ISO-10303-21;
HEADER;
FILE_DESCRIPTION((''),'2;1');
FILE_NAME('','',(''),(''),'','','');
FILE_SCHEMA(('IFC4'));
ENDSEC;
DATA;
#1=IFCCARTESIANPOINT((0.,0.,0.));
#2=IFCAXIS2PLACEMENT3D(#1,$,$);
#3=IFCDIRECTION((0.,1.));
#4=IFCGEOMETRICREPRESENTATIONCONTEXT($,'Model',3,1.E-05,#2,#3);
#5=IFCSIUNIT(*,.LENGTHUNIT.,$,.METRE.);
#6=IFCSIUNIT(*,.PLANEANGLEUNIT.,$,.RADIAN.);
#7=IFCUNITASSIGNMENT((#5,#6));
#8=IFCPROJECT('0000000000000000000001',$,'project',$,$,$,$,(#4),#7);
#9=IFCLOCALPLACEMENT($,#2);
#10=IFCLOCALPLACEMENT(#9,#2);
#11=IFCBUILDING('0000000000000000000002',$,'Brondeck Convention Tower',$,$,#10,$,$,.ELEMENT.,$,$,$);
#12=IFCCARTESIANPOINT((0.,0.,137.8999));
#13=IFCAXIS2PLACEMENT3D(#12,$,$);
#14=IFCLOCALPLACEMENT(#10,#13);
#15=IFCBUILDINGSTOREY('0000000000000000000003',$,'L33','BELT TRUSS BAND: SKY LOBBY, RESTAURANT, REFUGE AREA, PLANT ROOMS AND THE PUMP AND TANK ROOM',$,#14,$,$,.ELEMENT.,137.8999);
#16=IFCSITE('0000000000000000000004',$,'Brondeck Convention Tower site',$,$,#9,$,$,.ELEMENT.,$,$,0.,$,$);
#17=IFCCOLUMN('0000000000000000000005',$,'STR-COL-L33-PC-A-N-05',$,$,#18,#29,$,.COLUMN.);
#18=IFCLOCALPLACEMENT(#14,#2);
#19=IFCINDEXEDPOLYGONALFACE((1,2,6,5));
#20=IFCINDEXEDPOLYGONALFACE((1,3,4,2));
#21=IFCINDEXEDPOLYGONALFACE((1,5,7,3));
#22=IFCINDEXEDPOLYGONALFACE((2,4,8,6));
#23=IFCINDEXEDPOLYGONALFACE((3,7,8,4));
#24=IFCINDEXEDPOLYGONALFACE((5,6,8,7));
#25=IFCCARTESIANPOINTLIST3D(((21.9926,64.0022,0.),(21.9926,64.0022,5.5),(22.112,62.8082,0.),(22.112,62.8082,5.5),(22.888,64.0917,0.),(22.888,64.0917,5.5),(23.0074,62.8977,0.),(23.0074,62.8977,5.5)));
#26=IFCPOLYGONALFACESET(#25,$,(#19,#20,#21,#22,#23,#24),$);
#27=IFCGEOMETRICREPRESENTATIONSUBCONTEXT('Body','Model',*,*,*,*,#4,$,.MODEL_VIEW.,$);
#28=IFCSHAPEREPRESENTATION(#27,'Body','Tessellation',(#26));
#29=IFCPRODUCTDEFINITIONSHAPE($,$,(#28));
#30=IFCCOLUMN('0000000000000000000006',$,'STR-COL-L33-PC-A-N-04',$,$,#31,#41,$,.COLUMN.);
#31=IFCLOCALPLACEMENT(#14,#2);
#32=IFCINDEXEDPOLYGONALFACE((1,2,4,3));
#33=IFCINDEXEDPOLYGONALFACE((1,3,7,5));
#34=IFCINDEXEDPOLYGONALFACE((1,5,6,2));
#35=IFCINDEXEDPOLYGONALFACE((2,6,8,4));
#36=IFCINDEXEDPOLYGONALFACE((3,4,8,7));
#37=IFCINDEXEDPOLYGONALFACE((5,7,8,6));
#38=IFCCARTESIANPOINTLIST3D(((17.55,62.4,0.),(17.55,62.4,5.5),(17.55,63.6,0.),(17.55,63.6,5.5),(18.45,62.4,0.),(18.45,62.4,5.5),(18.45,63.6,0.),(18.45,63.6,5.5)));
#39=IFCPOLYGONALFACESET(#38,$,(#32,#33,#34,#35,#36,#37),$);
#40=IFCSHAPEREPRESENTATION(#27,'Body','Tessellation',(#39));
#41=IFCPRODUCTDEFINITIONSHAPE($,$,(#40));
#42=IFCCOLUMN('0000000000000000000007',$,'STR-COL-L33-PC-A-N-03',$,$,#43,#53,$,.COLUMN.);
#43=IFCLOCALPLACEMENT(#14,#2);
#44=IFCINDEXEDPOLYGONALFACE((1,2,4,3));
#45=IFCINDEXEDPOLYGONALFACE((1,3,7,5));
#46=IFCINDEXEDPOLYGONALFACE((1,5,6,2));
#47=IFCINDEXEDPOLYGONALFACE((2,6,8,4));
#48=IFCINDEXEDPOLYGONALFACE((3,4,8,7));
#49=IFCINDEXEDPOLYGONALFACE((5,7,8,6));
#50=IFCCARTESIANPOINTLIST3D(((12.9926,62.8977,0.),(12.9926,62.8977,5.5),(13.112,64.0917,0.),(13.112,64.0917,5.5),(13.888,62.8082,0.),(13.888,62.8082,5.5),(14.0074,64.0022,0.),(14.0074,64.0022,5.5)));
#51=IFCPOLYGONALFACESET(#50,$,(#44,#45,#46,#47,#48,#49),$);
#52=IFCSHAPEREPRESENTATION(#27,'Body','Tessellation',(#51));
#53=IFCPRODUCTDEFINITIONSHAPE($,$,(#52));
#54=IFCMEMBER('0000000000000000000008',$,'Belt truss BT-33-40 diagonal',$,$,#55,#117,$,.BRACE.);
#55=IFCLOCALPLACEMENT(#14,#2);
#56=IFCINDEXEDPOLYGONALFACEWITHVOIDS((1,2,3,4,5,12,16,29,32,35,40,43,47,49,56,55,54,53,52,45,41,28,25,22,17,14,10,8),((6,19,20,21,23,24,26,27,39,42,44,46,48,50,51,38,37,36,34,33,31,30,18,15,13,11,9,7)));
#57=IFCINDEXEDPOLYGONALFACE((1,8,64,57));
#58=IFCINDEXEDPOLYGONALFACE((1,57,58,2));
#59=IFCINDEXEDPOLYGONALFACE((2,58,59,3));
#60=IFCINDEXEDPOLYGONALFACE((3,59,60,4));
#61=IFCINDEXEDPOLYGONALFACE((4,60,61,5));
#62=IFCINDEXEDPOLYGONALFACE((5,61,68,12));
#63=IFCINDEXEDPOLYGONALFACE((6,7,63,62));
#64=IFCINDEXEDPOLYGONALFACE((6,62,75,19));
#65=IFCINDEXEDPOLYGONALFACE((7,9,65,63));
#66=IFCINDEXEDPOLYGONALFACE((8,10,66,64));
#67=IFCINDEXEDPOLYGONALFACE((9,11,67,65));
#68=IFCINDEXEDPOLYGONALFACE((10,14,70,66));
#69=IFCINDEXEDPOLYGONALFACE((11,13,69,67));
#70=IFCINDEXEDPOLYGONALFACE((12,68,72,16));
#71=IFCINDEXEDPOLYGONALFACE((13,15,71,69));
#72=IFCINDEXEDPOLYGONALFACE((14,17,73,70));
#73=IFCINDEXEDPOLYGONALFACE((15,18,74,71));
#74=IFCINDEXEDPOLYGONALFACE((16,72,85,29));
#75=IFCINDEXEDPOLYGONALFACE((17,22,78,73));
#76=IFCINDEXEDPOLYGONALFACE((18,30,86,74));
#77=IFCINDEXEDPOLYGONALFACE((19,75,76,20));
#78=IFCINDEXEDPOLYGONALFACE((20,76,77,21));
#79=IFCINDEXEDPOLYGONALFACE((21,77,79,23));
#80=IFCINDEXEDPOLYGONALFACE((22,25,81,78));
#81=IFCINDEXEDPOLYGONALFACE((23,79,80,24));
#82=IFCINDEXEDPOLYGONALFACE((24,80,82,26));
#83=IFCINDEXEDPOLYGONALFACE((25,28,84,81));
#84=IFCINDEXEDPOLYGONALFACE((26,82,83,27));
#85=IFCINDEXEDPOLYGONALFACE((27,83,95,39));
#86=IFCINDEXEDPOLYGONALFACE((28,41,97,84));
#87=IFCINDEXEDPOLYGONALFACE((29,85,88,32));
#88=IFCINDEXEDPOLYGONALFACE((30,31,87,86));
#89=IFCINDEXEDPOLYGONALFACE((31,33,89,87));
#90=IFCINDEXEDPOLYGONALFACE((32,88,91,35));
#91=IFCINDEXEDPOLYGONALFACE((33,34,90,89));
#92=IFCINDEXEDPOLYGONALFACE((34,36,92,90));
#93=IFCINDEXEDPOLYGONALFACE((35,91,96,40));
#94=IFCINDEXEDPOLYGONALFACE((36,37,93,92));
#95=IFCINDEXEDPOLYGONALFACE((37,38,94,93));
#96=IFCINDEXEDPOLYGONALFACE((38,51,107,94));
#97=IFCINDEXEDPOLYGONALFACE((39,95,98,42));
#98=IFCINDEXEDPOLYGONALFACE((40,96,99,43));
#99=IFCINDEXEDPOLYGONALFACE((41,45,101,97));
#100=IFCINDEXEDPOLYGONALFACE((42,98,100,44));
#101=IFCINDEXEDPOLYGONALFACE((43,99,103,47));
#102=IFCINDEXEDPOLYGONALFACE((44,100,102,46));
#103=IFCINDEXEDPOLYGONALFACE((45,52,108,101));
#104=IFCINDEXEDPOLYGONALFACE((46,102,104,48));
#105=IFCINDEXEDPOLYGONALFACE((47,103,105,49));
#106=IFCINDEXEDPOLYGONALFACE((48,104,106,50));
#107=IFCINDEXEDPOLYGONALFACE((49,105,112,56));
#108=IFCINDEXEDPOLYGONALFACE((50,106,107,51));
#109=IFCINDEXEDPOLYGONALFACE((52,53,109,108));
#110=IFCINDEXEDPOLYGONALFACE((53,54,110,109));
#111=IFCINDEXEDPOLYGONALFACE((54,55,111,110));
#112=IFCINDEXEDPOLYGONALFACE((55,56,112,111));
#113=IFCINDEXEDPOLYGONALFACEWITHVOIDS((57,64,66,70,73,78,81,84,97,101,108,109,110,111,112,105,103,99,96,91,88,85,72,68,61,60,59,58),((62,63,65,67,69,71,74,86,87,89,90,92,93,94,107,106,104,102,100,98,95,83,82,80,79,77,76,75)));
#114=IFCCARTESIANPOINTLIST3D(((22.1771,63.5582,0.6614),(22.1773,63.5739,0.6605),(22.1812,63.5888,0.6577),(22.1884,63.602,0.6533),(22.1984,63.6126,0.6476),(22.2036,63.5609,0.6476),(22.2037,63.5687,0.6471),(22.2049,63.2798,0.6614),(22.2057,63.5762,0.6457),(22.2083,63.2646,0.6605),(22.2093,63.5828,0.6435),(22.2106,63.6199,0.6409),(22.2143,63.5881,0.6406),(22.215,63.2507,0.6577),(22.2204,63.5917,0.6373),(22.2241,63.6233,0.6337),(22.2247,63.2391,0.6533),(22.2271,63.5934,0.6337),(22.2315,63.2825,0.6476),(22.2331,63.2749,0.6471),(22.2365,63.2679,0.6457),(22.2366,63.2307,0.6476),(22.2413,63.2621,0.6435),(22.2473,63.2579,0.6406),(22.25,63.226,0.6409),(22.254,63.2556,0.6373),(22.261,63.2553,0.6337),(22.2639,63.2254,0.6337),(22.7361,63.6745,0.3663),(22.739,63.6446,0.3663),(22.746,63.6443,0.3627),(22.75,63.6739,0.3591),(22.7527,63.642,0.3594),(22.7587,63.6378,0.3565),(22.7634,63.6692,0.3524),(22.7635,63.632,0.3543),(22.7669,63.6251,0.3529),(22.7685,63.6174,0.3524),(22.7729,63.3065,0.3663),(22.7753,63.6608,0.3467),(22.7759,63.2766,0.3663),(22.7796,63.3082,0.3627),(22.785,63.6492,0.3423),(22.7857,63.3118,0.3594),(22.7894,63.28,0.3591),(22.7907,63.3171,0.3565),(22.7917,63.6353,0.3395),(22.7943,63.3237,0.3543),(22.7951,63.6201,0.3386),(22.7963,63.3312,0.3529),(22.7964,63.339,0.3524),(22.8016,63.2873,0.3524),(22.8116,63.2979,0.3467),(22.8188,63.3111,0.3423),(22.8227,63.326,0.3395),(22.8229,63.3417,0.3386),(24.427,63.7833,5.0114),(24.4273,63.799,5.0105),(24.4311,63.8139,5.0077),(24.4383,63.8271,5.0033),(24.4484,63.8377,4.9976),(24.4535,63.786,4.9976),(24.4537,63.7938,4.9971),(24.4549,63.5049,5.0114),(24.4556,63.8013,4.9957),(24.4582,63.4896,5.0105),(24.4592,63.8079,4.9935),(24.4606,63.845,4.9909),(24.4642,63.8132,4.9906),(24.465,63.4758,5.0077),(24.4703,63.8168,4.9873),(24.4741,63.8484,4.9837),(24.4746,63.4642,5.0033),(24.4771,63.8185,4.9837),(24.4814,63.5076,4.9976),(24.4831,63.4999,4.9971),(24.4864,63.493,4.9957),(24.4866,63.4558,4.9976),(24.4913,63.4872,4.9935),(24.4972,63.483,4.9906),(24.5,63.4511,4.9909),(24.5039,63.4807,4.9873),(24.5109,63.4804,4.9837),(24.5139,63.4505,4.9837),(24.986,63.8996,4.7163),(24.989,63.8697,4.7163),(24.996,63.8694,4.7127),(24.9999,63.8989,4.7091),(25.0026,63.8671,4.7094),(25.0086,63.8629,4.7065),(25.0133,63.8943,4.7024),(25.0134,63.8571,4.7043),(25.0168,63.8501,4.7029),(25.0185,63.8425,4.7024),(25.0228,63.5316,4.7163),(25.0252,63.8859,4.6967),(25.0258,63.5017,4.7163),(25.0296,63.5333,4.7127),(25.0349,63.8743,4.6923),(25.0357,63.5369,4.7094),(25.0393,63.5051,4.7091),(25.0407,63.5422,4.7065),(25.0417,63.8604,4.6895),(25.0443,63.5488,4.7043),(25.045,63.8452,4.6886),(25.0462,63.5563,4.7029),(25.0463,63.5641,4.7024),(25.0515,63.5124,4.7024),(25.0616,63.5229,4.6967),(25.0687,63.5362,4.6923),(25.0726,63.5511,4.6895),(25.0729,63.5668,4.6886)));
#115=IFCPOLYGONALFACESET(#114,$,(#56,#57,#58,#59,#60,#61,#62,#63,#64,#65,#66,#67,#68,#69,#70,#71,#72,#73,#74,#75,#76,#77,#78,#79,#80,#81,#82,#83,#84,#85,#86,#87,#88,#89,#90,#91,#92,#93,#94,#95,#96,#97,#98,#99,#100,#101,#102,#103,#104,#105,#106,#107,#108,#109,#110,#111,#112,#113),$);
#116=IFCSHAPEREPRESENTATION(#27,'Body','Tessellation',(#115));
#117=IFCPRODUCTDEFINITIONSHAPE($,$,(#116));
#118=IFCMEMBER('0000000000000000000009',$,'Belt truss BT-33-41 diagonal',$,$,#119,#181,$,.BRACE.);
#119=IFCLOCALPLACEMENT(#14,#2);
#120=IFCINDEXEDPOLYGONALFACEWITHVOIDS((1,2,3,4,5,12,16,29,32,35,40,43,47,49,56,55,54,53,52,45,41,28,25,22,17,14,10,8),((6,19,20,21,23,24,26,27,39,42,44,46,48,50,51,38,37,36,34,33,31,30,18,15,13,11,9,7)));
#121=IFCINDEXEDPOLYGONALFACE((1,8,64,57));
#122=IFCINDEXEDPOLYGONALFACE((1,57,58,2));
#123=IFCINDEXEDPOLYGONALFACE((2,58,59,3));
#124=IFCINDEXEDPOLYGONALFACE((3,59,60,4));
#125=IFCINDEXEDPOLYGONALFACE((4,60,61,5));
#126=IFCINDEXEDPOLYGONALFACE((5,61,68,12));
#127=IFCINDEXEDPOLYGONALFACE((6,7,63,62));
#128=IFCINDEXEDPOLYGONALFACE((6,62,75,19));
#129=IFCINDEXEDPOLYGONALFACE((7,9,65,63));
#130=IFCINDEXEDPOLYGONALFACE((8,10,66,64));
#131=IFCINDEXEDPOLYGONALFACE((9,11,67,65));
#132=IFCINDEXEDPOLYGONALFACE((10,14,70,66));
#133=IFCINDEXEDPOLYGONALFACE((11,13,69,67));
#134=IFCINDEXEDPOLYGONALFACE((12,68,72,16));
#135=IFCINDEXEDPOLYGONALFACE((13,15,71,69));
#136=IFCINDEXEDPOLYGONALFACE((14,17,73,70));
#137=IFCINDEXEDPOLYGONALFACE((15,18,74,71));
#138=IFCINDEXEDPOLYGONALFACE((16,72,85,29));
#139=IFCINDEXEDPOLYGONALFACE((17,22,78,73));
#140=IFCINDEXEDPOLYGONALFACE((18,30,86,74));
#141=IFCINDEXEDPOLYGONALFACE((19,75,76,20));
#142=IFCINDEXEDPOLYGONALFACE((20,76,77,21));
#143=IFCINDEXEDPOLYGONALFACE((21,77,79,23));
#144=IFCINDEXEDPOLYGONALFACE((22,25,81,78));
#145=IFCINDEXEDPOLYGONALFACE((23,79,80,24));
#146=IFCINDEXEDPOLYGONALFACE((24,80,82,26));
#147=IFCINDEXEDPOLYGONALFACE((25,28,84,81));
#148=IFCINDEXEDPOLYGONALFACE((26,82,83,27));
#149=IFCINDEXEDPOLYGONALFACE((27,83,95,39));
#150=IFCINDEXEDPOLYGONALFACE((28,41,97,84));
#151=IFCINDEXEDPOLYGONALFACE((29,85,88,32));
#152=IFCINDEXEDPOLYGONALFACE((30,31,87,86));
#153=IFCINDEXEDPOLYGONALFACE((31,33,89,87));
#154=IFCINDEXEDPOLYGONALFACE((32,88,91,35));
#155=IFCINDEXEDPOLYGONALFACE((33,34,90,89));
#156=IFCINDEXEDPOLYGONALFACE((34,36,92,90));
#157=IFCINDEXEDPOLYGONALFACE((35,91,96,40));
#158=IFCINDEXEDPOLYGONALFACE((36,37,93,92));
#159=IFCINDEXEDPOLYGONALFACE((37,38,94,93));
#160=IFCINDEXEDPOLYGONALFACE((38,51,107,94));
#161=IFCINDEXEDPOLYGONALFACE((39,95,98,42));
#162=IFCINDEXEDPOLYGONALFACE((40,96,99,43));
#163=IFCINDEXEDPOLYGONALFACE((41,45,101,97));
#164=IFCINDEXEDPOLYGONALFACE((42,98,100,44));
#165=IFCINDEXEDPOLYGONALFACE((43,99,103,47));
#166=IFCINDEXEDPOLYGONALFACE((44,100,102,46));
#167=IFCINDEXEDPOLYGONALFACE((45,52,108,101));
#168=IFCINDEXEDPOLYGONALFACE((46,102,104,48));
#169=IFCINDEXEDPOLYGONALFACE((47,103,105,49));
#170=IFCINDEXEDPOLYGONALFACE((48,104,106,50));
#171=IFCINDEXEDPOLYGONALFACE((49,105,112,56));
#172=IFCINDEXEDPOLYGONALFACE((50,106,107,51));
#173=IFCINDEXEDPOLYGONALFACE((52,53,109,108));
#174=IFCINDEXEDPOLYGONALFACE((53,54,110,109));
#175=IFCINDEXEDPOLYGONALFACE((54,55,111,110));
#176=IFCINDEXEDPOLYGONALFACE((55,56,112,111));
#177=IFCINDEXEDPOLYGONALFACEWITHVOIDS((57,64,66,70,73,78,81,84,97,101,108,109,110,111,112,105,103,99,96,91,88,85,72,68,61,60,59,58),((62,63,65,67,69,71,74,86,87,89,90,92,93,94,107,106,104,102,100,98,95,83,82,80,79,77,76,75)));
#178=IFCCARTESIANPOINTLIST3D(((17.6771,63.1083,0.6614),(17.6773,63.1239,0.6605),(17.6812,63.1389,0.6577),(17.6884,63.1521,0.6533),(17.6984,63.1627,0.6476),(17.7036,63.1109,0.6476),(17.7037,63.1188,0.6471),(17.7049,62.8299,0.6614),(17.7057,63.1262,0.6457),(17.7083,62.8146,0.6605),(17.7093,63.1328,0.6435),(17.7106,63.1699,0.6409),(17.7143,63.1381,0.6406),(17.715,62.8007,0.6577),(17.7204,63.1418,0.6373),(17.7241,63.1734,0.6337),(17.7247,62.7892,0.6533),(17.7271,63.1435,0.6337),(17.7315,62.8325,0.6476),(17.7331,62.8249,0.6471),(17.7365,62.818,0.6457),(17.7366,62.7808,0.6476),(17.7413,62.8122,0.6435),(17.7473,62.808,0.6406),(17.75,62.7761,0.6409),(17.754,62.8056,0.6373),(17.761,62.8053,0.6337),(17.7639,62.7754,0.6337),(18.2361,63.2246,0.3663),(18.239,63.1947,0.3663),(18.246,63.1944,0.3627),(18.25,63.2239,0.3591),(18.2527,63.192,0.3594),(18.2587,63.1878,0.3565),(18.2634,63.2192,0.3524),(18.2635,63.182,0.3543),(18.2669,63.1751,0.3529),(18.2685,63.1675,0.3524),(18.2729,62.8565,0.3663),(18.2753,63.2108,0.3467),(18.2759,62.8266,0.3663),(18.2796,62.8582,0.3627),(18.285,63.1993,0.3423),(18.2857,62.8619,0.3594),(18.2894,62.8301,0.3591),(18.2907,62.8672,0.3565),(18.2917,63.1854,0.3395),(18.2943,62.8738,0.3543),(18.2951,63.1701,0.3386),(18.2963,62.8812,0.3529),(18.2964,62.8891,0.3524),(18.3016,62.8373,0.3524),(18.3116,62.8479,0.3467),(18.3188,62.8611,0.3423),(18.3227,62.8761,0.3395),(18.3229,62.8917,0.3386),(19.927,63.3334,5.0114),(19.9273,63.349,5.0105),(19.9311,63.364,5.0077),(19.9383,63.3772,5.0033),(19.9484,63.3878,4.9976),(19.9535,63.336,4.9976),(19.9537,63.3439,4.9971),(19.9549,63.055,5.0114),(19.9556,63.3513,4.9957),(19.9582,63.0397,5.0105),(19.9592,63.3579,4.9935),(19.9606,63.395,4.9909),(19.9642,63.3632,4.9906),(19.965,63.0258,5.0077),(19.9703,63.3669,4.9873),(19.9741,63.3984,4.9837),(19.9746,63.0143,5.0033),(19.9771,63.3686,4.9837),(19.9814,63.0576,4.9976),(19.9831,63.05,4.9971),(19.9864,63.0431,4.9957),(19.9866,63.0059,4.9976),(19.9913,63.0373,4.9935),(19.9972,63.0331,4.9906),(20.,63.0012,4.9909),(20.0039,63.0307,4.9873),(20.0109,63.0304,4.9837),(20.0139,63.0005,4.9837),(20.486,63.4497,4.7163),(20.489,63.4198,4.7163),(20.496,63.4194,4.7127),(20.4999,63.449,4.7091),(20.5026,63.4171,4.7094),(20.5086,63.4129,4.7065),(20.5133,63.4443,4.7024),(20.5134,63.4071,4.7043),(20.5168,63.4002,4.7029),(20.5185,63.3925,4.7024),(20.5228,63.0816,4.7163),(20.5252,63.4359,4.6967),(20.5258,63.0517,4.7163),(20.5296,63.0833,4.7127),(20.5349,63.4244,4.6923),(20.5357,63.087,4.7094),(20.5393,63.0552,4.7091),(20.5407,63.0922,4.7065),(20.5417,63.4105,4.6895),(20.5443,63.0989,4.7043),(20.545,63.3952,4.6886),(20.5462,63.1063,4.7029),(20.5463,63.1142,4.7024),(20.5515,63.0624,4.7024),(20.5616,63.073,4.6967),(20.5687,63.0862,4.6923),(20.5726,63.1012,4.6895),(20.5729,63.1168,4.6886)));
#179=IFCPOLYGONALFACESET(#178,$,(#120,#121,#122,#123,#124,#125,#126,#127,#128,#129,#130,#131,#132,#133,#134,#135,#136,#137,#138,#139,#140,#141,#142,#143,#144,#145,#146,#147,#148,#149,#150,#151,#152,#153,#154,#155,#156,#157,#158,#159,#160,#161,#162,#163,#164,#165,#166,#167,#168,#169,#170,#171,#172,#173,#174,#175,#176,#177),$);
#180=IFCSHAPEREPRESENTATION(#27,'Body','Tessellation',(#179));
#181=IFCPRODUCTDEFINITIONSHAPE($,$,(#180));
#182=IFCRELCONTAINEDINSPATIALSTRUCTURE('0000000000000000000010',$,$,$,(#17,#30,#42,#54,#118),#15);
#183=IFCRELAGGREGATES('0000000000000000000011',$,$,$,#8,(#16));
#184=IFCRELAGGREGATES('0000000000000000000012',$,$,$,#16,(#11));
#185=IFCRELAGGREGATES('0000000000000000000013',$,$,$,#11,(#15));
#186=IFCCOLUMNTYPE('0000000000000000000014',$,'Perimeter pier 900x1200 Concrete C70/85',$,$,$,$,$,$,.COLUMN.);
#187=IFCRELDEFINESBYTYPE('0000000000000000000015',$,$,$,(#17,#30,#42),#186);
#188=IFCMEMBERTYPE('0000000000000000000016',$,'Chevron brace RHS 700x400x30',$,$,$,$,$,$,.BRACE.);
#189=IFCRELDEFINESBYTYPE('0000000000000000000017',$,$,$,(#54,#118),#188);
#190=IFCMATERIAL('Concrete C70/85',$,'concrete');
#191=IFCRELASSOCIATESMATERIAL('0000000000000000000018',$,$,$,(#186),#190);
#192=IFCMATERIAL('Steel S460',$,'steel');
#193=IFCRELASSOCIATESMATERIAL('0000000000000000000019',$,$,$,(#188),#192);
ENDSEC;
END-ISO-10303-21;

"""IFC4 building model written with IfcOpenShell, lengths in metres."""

from ifc_helpers import new_model, si_unit, direction, frame, origin, origin_2d, place, context, subcontext, project, spatial, rectangle, hollow_rectangle, extrude, material, material_profile, profile_set, type_object, element, save


model = new_model("IFC4")

# Units and contexts
model_context = context("Model", 3, precision=1e-05, world=origin(), true_north=direction((0.0, 1.0)))
body_context = subcontext(model_context, "Body", "Model", "MODEL_VIEW")
ifc_project = project(units=[si_unit("LENGTHUNIT", "METRE"), si_unit("PLANEANGLEUNIT", "RADIAN")], contexts=[model_context])

# Site, building, storey
site_placement = place(None, origin())
site = spatial("IfcSite", under=ifc_project, at=site_placement, Name="Brondeck Convention Tower site", CompositionType="ELEMENT", RefElevation=0.0)
building_placement = place(site_placement, origin())
building = spatial("IfcBuilding", under=site, at=building_placement, Name="Brondeck Convention Tower", CompositionType="ELEMENT")
storey_placement = place(building_placement, frame((0.0, 0.0, 137.8999)))
storey = spatial("IfcBuildingStorey", under=building, at=storey_placement, Name="L33", Description="BELT TRUSS BAND: SKY LOBBY, RESTAURANT, REFUGE AREA, PLANT ROOMS AND THE PUMP AND TANK ROOM", CompositionType="ELEMENT", Elevation=137.8999)

# Columns
ifc_material_1 = material(Name="Concrete C70/85", Category="concrete")
ifc_material_profile_1 = material_profile(ifc_material_1, rectangle(XDim=0.8999, YDim=1.2, at=origin_2d()), Name="Perimeter pier 900x1200 Concrete C70/85")
ifc_profile_set_1 = profile_set([ifc_material_profile_1], Name="Concrete C70/85")
column_type = type_object("IfcColumnType", Name="Perimeter pier 900x1200 Concrete C70/85", PredefinedType="COLUMN", material=ifc_profile_set_1)
for number, where, z_axis, x_axis, name in (
    (1, (22.5, 63.45, 0.0), (0.0, 0.0, 1.0), (-0.995037, -0.099504, 0.0), "STR-COL-L33-PC-A-N-05"),
    (2, (18.0, 63.0, 0.0), (0.0, 0.0, 1.0), (-1.0, 0.0, 0.0), "STR-COL-L33-PC-A-N-04"),
    (3, (13.5, 63.45, 0.0), (0.0, 0.0, 1.0), (-0.995037, 0.099504, 0.0), "STR-COL-L33-PC-A-N-03"),
):
    element("IfcColumn", number, at=place(storey_placement, frame(where, z_axis=z_axis, x_axis=x_axis)), inside=storey, type_object=column_type, Name=name, PredefinedType="COLUMN", context=body_context, shape_type="SweptSolid", body=[
        extrude(rectangle(XDim=0.8999, YDim=1.2, at=origin_2d()), origin(), (0.0, 0.0, 1.0), 5.5),
    ])

# Members
ifc_material_2 = material(Name="Steel S460", Category="steel")
ifc_material_profile_2 = material_profile(ifc_material_2, hollow_rectangle(XDim=0.3999, YDim=0.7, WallThickness=0.03, InnerFilletRadius=0.03, OuterFilletRadius=0.0601, at=origin_2d()), Name="RHS 700x400x30")
ifc_profile_set_2 = profile_set([ifc_material_profile_2], Name="Steel S460")
member_type_1 = type_object("IfcMemberType", Name="Chevron brace RHS 700x400x30", PredefinedType="BRACE", material=ifc_profile_set_2)
for number, where, z_axis, x_axis, name in (
    (4, (22.5, 63.45, 0.5), (0.45893, 0.045913, 0.887285), (-0.099546, 0.995033, 0.0), "Belt truss BT-33-40 diagonal"),
    (5, (18.0, 63.0, 0.5), (0.45893, 0.045913, 0.887285), (-0.099546, 0.995033, 0.0), "Belt truss BT-33-41 diagonal"),
):
    element("IfcMember", number, at=place(storey_placement, frame(where, z_axis=z_axis, x_axis=x_axis)), inside=storey, type_object=member_type_1, Name=name, PredefinedType="BRACE", context=body_context, shape_type="SweptSolid", body=[
        extrude(hollow_rectangle(XDim=0.3999, YDim=0.7, WallThickness=0.03, InnerFilletRadius=0.03, OuterFilletRadius=0.0601, at=origin_2d()), origin(), (0.0, 0.0, 1.0), 4.9026),
    ])

save(model, "model.ifc")
